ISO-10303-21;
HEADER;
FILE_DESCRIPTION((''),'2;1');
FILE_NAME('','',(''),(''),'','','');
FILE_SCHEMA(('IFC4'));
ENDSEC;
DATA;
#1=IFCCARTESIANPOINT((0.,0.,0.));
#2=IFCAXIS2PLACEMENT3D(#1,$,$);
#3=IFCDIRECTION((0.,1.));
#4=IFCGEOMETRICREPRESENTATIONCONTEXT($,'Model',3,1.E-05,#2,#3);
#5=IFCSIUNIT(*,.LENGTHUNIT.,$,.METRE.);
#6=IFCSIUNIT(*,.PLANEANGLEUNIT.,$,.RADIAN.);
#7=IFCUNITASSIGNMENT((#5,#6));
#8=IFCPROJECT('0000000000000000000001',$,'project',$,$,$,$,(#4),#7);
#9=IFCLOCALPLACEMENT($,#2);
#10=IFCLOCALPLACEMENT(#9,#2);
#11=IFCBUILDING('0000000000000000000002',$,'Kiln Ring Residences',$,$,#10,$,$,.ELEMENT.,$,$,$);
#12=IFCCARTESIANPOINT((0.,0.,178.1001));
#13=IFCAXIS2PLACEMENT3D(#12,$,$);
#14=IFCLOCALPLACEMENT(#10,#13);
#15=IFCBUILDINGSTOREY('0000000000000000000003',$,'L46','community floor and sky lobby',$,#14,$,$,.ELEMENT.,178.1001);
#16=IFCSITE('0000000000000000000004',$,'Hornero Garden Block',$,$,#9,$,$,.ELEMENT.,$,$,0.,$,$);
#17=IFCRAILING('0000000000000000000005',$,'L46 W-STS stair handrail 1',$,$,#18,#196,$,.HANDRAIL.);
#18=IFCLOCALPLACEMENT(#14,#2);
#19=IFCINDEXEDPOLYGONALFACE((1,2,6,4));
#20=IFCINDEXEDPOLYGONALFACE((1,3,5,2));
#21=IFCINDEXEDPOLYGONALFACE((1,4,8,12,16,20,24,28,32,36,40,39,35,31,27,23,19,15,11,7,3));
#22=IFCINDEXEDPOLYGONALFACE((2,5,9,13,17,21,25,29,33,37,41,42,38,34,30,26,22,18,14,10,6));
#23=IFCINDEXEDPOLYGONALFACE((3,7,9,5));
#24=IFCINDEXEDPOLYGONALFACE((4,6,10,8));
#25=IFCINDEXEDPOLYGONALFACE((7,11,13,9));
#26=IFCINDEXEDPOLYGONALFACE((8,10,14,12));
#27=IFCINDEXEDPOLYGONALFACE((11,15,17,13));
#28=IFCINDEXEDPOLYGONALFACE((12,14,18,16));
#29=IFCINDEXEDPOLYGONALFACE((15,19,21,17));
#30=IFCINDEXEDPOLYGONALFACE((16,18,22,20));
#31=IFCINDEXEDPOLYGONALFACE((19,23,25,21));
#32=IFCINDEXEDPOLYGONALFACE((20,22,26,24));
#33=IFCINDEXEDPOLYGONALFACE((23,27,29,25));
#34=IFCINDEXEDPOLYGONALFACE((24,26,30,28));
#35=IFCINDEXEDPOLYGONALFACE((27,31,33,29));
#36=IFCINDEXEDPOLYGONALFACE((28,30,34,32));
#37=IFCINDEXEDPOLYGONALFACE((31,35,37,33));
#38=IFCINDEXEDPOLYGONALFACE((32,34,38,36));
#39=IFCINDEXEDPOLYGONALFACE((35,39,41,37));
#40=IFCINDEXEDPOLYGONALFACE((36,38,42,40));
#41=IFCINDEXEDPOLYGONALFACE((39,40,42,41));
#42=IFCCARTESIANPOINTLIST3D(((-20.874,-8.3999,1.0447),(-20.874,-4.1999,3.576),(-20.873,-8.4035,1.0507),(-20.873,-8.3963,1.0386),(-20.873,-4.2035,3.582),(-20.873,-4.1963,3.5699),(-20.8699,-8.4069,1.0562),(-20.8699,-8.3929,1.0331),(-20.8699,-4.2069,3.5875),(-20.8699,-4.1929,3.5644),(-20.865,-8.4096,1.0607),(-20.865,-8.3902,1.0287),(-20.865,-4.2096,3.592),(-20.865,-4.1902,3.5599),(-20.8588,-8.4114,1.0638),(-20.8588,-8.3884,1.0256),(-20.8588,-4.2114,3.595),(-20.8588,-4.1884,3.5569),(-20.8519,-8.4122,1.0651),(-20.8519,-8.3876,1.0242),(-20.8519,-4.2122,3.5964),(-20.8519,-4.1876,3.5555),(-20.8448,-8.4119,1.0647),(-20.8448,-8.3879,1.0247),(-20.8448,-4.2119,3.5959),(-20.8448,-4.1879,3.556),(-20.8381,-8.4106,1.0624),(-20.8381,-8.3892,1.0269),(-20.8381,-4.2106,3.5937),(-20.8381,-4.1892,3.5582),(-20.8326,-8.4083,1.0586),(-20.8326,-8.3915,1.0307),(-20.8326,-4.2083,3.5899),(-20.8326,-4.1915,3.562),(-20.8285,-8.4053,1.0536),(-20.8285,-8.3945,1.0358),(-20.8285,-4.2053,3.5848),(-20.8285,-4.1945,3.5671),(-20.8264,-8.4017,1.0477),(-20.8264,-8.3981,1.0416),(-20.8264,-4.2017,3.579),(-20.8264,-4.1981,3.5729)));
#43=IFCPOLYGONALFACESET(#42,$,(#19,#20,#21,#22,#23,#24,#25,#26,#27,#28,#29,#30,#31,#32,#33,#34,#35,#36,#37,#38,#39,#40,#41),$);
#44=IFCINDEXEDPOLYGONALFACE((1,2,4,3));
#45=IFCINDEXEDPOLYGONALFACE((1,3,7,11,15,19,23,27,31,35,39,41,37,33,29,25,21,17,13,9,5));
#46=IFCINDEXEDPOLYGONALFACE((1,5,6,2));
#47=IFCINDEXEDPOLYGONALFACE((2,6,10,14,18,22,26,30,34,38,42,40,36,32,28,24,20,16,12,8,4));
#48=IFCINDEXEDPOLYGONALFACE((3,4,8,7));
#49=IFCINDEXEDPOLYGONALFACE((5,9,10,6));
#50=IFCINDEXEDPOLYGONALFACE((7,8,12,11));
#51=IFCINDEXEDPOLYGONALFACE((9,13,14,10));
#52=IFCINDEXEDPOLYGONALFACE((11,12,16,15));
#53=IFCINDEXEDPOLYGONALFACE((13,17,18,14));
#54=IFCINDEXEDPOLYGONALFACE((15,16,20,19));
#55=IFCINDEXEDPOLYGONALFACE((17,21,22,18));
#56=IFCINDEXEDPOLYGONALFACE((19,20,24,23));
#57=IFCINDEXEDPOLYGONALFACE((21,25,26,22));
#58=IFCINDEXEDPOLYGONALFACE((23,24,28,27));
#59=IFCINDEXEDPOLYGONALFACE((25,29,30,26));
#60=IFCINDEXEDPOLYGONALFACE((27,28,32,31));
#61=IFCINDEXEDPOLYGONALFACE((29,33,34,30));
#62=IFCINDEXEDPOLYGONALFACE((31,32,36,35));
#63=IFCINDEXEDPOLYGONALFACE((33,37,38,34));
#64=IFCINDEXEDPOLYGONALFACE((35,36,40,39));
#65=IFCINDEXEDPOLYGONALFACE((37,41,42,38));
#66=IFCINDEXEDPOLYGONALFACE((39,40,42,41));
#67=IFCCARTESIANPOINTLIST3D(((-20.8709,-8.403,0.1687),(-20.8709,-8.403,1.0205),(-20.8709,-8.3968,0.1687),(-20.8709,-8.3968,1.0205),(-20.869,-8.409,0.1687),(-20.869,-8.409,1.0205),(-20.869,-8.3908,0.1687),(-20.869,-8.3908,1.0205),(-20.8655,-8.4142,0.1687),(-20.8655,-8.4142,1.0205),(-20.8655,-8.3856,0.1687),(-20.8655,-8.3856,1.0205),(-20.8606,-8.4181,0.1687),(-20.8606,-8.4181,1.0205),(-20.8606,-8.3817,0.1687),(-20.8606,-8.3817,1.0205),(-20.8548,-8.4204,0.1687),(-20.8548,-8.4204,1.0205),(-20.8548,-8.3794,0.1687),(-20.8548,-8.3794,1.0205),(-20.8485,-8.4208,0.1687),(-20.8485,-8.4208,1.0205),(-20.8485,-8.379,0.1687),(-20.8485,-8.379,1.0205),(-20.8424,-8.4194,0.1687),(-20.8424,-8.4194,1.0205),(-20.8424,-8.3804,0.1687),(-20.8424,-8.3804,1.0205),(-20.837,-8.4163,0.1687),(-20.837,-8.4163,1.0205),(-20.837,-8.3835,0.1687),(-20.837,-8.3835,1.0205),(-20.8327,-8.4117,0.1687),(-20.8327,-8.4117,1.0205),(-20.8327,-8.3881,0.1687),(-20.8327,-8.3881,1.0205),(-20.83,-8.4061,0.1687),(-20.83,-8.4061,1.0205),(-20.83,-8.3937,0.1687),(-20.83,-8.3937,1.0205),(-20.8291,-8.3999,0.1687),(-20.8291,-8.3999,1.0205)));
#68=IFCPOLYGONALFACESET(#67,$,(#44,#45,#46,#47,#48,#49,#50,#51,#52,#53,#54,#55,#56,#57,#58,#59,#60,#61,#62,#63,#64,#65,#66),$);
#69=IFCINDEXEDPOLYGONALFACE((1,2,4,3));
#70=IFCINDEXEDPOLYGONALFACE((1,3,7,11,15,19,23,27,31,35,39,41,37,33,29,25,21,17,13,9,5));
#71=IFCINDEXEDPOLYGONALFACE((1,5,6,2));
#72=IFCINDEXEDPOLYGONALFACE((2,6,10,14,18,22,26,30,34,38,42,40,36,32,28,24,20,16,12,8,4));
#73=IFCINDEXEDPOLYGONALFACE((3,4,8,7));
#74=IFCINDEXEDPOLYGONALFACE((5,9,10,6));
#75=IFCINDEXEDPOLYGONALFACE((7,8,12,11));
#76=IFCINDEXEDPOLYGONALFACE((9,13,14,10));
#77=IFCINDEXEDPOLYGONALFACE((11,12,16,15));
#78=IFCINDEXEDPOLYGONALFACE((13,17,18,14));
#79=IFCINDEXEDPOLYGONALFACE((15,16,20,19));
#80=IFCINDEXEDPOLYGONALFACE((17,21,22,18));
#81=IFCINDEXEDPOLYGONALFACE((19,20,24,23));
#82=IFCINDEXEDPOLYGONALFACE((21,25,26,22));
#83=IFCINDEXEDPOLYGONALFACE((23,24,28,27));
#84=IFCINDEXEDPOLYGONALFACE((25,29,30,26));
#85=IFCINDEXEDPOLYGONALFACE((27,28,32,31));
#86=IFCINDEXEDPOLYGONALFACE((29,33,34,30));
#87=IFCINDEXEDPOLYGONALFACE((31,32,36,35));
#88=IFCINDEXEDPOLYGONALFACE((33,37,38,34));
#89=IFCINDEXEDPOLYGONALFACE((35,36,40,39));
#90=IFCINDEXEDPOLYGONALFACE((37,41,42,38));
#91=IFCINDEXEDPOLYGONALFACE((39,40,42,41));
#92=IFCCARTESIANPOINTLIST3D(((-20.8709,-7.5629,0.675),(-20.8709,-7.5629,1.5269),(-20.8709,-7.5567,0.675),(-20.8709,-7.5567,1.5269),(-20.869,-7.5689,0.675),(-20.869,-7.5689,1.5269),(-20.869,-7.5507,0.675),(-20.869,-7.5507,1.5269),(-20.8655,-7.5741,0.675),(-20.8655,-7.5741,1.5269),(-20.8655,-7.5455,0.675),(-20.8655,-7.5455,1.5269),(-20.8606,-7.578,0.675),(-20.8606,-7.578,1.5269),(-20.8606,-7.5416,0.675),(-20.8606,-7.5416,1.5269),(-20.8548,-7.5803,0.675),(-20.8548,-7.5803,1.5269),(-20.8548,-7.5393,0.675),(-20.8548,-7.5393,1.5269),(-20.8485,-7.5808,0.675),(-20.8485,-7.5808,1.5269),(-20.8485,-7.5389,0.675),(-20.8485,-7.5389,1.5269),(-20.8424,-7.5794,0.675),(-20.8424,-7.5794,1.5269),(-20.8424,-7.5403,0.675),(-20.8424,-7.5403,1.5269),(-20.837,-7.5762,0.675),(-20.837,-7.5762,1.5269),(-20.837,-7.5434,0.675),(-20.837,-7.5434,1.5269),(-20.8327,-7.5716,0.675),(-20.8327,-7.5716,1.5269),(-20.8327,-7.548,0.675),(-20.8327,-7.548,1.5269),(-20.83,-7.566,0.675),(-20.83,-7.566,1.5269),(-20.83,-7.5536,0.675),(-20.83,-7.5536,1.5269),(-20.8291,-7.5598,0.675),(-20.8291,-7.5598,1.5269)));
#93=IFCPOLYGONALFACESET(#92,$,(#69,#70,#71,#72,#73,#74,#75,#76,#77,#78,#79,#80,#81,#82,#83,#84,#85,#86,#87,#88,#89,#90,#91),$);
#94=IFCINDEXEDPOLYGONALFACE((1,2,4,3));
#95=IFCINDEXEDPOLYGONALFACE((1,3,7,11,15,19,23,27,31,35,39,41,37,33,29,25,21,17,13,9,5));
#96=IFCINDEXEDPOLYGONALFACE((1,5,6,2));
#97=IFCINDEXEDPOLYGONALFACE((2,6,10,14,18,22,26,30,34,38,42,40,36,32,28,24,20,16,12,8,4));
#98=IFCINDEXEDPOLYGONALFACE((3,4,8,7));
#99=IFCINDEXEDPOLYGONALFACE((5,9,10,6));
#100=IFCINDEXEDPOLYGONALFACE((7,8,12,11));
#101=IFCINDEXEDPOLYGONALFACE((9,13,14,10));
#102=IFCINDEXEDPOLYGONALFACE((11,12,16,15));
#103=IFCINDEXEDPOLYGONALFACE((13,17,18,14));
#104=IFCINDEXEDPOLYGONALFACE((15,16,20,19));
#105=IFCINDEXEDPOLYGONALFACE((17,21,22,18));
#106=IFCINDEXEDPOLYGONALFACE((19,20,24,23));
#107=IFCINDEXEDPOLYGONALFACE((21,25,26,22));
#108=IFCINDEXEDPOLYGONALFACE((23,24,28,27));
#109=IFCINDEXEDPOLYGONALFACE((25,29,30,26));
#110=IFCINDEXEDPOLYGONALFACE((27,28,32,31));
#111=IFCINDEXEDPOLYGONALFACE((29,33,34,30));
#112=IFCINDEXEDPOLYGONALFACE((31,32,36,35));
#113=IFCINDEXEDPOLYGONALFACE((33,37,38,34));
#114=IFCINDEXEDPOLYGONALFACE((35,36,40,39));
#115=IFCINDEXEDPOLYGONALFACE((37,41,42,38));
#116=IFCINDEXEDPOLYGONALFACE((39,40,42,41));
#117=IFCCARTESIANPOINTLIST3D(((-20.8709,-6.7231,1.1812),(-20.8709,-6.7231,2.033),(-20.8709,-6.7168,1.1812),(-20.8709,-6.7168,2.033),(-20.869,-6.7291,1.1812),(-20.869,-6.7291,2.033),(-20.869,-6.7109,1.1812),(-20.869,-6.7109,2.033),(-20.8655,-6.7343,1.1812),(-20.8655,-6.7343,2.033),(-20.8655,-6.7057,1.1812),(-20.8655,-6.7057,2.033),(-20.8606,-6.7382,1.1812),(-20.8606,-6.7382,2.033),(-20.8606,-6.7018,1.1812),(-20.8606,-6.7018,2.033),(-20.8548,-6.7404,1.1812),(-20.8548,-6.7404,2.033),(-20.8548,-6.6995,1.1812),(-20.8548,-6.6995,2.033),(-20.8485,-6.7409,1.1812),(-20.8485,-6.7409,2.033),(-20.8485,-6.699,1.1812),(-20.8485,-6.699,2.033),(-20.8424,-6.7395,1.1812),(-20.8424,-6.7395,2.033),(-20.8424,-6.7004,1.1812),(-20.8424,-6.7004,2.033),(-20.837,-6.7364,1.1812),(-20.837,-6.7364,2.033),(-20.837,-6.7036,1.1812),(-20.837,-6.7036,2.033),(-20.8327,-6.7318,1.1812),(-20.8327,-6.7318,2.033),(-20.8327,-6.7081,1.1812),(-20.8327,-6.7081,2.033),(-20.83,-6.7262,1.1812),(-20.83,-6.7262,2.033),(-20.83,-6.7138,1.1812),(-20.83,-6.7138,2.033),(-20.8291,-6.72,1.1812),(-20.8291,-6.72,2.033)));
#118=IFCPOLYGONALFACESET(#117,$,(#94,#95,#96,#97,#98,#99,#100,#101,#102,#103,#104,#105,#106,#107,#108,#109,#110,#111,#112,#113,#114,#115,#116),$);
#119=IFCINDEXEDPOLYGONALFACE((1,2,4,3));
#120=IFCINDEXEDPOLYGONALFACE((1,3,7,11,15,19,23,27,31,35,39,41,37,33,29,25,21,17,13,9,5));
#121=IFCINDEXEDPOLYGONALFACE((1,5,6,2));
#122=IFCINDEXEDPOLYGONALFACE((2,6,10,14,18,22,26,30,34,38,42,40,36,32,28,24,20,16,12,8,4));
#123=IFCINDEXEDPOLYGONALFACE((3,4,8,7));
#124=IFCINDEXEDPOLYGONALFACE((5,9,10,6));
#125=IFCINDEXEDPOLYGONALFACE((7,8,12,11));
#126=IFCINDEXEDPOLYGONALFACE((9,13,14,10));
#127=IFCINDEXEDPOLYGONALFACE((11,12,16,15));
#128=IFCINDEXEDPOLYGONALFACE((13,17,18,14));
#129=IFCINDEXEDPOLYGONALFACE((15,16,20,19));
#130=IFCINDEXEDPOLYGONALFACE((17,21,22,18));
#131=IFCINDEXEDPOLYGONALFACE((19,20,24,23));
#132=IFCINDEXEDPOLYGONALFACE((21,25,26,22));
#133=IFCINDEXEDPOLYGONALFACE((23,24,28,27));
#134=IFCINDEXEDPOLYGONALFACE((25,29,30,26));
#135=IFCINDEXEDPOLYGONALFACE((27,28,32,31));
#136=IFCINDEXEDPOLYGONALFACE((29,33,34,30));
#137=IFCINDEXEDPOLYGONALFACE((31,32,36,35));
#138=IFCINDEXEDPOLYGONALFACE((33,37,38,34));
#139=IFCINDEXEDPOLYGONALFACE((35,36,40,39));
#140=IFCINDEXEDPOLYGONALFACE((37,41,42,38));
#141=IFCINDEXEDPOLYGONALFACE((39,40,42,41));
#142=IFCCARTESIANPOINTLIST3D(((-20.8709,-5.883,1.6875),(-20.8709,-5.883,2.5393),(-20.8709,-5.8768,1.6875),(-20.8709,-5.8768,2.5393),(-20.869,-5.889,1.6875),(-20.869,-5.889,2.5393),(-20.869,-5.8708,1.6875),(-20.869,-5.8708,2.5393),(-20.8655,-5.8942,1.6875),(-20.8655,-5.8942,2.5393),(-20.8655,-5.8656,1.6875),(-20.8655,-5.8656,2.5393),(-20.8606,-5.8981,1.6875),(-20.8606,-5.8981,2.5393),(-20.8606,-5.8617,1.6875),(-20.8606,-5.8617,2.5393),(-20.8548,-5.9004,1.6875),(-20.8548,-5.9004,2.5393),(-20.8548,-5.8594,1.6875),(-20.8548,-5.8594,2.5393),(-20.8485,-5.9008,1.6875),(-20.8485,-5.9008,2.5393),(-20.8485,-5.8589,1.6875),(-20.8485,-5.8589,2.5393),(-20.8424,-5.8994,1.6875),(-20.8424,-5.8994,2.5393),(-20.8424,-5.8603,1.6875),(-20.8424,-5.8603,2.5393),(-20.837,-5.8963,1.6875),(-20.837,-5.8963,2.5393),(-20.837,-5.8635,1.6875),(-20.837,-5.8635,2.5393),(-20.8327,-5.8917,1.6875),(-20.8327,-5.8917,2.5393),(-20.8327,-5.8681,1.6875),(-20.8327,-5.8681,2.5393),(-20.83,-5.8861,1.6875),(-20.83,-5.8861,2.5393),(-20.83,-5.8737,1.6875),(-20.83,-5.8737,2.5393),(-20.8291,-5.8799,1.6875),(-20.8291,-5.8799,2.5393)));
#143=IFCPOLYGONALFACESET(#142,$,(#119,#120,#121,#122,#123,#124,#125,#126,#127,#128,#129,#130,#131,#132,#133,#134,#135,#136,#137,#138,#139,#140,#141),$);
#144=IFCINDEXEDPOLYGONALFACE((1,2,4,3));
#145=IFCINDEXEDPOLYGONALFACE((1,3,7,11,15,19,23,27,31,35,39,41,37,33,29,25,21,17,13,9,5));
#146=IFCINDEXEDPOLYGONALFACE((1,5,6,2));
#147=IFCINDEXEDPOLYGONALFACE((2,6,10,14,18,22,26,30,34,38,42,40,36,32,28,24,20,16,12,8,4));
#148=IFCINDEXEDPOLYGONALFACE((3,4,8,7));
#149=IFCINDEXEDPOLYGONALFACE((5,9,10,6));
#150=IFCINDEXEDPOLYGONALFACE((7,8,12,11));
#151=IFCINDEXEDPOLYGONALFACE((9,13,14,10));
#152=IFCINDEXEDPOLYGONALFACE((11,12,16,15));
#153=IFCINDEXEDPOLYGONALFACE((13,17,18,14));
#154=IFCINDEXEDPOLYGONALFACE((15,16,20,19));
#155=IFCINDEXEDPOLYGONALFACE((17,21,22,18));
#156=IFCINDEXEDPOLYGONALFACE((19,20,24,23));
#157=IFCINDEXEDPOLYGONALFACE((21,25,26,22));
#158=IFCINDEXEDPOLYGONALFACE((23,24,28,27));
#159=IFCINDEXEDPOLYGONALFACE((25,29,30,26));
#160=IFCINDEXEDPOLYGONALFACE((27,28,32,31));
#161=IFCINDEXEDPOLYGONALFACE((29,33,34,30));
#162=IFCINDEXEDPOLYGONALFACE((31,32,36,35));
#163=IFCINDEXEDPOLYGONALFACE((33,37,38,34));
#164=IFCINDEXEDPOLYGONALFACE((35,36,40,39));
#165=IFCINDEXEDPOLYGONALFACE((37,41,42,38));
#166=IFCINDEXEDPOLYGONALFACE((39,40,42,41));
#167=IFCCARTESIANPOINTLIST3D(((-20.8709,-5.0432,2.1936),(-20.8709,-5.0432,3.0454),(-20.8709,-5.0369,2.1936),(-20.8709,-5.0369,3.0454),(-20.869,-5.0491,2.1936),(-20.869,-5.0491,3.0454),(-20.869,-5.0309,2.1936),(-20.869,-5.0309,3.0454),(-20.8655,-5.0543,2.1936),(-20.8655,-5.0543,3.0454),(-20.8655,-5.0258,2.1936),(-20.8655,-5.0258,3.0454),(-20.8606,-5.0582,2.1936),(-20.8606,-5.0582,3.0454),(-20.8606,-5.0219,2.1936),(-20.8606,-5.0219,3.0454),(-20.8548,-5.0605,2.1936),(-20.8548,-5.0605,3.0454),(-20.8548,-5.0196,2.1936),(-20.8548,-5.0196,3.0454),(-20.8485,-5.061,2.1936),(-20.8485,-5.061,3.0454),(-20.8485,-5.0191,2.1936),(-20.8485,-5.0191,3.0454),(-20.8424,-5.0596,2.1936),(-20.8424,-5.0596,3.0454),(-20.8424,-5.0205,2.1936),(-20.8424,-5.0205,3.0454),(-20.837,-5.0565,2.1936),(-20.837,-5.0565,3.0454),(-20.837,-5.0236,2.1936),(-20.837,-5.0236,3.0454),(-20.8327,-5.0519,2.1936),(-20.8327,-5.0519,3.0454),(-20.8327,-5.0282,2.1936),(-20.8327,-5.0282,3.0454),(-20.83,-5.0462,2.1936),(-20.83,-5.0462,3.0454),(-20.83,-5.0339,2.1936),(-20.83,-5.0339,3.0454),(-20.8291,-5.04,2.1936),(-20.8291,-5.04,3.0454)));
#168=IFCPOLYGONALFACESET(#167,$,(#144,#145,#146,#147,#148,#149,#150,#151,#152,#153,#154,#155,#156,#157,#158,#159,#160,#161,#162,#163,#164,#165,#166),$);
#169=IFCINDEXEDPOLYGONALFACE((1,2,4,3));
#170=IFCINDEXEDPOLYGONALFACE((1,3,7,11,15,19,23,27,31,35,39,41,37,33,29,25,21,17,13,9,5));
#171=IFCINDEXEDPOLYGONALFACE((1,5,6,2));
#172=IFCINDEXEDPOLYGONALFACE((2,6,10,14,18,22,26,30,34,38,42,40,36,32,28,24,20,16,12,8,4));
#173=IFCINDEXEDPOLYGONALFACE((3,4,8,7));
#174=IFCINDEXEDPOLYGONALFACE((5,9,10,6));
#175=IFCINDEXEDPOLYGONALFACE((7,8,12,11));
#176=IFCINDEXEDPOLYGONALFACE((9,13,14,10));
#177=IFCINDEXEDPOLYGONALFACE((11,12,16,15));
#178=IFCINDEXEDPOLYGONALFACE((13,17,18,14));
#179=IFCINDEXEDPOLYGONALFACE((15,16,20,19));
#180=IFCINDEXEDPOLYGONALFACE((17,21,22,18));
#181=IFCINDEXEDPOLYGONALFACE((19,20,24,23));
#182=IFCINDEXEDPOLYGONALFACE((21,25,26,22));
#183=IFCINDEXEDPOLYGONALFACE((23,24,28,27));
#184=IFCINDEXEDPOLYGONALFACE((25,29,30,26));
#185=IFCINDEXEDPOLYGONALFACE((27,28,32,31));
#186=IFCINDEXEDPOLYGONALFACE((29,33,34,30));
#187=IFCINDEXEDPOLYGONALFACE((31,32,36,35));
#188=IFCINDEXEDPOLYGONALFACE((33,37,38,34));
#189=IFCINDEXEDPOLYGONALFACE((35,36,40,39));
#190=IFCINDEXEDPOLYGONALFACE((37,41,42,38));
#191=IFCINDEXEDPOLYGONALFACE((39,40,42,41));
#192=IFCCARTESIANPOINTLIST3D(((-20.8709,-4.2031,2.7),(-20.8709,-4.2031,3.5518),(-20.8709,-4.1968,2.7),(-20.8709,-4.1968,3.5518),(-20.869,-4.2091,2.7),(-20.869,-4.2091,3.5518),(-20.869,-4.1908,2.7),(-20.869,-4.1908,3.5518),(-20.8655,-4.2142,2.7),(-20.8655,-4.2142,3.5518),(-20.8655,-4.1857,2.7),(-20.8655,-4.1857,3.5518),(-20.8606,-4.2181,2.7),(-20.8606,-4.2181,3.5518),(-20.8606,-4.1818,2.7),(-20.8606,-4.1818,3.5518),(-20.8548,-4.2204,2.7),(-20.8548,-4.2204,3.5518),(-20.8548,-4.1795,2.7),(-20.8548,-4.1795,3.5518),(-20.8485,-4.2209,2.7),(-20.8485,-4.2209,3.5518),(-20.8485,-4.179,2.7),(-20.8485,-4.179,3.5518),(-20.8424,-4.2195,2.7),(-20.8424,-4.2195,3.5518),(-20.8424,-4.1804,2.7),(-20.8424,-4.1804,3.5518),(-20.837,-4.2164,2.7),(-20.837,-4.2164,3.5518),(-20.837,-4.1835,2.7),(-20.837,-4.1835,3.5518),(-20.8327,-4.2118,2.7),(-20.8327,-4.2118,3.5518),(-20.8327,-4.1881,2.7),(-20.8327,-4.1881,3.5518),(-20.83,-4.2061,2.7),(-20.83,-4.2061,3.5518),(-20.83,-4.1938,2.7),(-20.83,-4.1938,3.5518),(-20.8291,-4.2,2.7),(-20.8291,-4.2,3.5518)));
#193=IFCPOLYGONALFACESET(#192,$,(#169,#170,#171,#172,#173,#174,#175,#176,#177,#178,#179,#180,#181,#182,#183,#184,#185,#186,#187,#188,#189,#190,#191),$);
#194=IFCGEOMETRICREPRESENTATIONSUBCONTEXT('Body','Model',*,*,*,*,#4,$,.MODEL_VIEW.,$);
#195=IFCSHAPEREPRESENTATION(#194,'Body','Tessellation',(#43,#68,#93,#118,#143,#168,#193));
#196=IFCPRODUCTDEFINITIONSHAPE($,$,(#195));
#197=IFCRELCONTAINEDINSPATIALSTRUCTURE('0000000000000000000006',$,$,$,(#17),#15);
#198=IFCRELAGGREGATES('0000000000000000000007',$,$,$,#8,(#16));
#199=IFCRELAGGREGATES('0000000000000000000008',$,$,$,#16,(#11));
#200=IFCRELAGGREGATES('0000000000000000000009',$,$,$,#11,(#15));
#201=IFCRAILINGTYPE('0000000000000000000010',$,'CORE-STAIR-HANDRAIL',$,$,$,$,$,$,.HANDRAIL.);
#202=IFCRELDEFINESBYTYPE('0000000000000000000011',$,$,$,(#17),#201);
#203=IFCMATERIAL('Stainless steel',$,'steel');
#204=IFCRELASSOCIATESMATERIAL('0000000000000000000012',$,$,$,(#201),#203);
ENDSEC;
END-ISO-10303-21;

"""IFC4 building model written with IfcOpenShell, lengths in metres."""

from ifc_helpers import new_model, si_unit, direction, frame, origin, origin_2d, place, context, subcontext, project, spatial, circle, extrude, material, type_object, element, save


model = new_model("IFC4")

# Units and contexts
model_context = context("Model", 3, precision=1e-05, world=origin(), true_north=direction((0.0, 1.0)))
body_context = subcontext(model_context, "Body", "Model", "MODEL_VIEW")
ifc_project = project(units=[si_unit("LENGTHUNIT", "METRE"), si_unit("PLANEANGLEUNIT", "RADIAN")], contexts=[model_context])

# Site, building, storey
site_placement = place(None, origin())
site = spatial("IfcSite", under=ifc_project, at=site_placement, Name="Hornero Garden Block", CompositionType="ELEMENT", RefElevation=0.0)
building_placement = place(site_placement, origin())
building = spatial("IfcBuilding", under=site, at=building_placement, Name="Kiln Ring Residences", CompositionType="ELEMENT")
storey_placement = place(building_placement, frame((0.0, 0.0, 178.1001)))
storey = spatial("IfcBuildingStorey", under=building, at=storey_placement, Name="L46", Description="community floor and sky lobby", CompositionType="ELEMENT", Elevation=178.1001)

# Railing
ifc_material_1 = material(Name="Stainless steel", Category="steel")
railing_type_1 = type_object("IfcRailingType", Name="CORE-STAIR-HANDRAIL", PredefinedType="HANDRAIL", material=ifc_material_1)
railing_1_placement = place(storey_placement, frame((-20.8501, -8.3999, 0.1687)))
element("IfcRailing", 1, at=railing_1_placement, inside=storey, type_object=railing_type_1, Name="L46 W-STS stair handrail 1", PredefinedType="HANDRAIL", context=body_context, shape_type="SweptSolid", body=[
    extrude(circle(Radius=0.0239, at=origin_2d()), frame((0.0, 0.0, 0.876), z_axis=(0.0, 0.856476, 0.516186), x_axis=(-1.0, 0.0, 0.0)), (0.0, 0.0, 1.0), 4.9038),
    extrude(circle(Radius=0.021, at=origin_2d()), origin(), (0.0, 0.0, 1.0), 0.8518),
    extrude(circle(Radius=0.021, at=origin_2d()), frame((0.0, 0.8401, 0.5063)), (0.0, 0.0, 1.0), 0.8518),
    extrude(circle(Radius=0.021, at=origin_2d()), frame((0.0, 1.6799, 1.0125)), (0.0, 0.0, 1.0), 0.8518),
    extrude(circle(Radius=0.021, at=origin_2d()), frame((0.0, 2.52, 1.5188)), (0.0, 0.0, 1.0), 0.8518),
    extrude(circle(Radius=0.021, at=origin_2d()), frame((0.0, 3.3599, 2.0249)), (0.0, 0.0, 1.0), 0.8518),
    extrude(circle(Radius=0.021, at=origin_2d()), frame((0.0, 4.2, 2.5312)), (0.0, 0.0, 1.0), 0.8518),
])

save(model, "model.ifc")
